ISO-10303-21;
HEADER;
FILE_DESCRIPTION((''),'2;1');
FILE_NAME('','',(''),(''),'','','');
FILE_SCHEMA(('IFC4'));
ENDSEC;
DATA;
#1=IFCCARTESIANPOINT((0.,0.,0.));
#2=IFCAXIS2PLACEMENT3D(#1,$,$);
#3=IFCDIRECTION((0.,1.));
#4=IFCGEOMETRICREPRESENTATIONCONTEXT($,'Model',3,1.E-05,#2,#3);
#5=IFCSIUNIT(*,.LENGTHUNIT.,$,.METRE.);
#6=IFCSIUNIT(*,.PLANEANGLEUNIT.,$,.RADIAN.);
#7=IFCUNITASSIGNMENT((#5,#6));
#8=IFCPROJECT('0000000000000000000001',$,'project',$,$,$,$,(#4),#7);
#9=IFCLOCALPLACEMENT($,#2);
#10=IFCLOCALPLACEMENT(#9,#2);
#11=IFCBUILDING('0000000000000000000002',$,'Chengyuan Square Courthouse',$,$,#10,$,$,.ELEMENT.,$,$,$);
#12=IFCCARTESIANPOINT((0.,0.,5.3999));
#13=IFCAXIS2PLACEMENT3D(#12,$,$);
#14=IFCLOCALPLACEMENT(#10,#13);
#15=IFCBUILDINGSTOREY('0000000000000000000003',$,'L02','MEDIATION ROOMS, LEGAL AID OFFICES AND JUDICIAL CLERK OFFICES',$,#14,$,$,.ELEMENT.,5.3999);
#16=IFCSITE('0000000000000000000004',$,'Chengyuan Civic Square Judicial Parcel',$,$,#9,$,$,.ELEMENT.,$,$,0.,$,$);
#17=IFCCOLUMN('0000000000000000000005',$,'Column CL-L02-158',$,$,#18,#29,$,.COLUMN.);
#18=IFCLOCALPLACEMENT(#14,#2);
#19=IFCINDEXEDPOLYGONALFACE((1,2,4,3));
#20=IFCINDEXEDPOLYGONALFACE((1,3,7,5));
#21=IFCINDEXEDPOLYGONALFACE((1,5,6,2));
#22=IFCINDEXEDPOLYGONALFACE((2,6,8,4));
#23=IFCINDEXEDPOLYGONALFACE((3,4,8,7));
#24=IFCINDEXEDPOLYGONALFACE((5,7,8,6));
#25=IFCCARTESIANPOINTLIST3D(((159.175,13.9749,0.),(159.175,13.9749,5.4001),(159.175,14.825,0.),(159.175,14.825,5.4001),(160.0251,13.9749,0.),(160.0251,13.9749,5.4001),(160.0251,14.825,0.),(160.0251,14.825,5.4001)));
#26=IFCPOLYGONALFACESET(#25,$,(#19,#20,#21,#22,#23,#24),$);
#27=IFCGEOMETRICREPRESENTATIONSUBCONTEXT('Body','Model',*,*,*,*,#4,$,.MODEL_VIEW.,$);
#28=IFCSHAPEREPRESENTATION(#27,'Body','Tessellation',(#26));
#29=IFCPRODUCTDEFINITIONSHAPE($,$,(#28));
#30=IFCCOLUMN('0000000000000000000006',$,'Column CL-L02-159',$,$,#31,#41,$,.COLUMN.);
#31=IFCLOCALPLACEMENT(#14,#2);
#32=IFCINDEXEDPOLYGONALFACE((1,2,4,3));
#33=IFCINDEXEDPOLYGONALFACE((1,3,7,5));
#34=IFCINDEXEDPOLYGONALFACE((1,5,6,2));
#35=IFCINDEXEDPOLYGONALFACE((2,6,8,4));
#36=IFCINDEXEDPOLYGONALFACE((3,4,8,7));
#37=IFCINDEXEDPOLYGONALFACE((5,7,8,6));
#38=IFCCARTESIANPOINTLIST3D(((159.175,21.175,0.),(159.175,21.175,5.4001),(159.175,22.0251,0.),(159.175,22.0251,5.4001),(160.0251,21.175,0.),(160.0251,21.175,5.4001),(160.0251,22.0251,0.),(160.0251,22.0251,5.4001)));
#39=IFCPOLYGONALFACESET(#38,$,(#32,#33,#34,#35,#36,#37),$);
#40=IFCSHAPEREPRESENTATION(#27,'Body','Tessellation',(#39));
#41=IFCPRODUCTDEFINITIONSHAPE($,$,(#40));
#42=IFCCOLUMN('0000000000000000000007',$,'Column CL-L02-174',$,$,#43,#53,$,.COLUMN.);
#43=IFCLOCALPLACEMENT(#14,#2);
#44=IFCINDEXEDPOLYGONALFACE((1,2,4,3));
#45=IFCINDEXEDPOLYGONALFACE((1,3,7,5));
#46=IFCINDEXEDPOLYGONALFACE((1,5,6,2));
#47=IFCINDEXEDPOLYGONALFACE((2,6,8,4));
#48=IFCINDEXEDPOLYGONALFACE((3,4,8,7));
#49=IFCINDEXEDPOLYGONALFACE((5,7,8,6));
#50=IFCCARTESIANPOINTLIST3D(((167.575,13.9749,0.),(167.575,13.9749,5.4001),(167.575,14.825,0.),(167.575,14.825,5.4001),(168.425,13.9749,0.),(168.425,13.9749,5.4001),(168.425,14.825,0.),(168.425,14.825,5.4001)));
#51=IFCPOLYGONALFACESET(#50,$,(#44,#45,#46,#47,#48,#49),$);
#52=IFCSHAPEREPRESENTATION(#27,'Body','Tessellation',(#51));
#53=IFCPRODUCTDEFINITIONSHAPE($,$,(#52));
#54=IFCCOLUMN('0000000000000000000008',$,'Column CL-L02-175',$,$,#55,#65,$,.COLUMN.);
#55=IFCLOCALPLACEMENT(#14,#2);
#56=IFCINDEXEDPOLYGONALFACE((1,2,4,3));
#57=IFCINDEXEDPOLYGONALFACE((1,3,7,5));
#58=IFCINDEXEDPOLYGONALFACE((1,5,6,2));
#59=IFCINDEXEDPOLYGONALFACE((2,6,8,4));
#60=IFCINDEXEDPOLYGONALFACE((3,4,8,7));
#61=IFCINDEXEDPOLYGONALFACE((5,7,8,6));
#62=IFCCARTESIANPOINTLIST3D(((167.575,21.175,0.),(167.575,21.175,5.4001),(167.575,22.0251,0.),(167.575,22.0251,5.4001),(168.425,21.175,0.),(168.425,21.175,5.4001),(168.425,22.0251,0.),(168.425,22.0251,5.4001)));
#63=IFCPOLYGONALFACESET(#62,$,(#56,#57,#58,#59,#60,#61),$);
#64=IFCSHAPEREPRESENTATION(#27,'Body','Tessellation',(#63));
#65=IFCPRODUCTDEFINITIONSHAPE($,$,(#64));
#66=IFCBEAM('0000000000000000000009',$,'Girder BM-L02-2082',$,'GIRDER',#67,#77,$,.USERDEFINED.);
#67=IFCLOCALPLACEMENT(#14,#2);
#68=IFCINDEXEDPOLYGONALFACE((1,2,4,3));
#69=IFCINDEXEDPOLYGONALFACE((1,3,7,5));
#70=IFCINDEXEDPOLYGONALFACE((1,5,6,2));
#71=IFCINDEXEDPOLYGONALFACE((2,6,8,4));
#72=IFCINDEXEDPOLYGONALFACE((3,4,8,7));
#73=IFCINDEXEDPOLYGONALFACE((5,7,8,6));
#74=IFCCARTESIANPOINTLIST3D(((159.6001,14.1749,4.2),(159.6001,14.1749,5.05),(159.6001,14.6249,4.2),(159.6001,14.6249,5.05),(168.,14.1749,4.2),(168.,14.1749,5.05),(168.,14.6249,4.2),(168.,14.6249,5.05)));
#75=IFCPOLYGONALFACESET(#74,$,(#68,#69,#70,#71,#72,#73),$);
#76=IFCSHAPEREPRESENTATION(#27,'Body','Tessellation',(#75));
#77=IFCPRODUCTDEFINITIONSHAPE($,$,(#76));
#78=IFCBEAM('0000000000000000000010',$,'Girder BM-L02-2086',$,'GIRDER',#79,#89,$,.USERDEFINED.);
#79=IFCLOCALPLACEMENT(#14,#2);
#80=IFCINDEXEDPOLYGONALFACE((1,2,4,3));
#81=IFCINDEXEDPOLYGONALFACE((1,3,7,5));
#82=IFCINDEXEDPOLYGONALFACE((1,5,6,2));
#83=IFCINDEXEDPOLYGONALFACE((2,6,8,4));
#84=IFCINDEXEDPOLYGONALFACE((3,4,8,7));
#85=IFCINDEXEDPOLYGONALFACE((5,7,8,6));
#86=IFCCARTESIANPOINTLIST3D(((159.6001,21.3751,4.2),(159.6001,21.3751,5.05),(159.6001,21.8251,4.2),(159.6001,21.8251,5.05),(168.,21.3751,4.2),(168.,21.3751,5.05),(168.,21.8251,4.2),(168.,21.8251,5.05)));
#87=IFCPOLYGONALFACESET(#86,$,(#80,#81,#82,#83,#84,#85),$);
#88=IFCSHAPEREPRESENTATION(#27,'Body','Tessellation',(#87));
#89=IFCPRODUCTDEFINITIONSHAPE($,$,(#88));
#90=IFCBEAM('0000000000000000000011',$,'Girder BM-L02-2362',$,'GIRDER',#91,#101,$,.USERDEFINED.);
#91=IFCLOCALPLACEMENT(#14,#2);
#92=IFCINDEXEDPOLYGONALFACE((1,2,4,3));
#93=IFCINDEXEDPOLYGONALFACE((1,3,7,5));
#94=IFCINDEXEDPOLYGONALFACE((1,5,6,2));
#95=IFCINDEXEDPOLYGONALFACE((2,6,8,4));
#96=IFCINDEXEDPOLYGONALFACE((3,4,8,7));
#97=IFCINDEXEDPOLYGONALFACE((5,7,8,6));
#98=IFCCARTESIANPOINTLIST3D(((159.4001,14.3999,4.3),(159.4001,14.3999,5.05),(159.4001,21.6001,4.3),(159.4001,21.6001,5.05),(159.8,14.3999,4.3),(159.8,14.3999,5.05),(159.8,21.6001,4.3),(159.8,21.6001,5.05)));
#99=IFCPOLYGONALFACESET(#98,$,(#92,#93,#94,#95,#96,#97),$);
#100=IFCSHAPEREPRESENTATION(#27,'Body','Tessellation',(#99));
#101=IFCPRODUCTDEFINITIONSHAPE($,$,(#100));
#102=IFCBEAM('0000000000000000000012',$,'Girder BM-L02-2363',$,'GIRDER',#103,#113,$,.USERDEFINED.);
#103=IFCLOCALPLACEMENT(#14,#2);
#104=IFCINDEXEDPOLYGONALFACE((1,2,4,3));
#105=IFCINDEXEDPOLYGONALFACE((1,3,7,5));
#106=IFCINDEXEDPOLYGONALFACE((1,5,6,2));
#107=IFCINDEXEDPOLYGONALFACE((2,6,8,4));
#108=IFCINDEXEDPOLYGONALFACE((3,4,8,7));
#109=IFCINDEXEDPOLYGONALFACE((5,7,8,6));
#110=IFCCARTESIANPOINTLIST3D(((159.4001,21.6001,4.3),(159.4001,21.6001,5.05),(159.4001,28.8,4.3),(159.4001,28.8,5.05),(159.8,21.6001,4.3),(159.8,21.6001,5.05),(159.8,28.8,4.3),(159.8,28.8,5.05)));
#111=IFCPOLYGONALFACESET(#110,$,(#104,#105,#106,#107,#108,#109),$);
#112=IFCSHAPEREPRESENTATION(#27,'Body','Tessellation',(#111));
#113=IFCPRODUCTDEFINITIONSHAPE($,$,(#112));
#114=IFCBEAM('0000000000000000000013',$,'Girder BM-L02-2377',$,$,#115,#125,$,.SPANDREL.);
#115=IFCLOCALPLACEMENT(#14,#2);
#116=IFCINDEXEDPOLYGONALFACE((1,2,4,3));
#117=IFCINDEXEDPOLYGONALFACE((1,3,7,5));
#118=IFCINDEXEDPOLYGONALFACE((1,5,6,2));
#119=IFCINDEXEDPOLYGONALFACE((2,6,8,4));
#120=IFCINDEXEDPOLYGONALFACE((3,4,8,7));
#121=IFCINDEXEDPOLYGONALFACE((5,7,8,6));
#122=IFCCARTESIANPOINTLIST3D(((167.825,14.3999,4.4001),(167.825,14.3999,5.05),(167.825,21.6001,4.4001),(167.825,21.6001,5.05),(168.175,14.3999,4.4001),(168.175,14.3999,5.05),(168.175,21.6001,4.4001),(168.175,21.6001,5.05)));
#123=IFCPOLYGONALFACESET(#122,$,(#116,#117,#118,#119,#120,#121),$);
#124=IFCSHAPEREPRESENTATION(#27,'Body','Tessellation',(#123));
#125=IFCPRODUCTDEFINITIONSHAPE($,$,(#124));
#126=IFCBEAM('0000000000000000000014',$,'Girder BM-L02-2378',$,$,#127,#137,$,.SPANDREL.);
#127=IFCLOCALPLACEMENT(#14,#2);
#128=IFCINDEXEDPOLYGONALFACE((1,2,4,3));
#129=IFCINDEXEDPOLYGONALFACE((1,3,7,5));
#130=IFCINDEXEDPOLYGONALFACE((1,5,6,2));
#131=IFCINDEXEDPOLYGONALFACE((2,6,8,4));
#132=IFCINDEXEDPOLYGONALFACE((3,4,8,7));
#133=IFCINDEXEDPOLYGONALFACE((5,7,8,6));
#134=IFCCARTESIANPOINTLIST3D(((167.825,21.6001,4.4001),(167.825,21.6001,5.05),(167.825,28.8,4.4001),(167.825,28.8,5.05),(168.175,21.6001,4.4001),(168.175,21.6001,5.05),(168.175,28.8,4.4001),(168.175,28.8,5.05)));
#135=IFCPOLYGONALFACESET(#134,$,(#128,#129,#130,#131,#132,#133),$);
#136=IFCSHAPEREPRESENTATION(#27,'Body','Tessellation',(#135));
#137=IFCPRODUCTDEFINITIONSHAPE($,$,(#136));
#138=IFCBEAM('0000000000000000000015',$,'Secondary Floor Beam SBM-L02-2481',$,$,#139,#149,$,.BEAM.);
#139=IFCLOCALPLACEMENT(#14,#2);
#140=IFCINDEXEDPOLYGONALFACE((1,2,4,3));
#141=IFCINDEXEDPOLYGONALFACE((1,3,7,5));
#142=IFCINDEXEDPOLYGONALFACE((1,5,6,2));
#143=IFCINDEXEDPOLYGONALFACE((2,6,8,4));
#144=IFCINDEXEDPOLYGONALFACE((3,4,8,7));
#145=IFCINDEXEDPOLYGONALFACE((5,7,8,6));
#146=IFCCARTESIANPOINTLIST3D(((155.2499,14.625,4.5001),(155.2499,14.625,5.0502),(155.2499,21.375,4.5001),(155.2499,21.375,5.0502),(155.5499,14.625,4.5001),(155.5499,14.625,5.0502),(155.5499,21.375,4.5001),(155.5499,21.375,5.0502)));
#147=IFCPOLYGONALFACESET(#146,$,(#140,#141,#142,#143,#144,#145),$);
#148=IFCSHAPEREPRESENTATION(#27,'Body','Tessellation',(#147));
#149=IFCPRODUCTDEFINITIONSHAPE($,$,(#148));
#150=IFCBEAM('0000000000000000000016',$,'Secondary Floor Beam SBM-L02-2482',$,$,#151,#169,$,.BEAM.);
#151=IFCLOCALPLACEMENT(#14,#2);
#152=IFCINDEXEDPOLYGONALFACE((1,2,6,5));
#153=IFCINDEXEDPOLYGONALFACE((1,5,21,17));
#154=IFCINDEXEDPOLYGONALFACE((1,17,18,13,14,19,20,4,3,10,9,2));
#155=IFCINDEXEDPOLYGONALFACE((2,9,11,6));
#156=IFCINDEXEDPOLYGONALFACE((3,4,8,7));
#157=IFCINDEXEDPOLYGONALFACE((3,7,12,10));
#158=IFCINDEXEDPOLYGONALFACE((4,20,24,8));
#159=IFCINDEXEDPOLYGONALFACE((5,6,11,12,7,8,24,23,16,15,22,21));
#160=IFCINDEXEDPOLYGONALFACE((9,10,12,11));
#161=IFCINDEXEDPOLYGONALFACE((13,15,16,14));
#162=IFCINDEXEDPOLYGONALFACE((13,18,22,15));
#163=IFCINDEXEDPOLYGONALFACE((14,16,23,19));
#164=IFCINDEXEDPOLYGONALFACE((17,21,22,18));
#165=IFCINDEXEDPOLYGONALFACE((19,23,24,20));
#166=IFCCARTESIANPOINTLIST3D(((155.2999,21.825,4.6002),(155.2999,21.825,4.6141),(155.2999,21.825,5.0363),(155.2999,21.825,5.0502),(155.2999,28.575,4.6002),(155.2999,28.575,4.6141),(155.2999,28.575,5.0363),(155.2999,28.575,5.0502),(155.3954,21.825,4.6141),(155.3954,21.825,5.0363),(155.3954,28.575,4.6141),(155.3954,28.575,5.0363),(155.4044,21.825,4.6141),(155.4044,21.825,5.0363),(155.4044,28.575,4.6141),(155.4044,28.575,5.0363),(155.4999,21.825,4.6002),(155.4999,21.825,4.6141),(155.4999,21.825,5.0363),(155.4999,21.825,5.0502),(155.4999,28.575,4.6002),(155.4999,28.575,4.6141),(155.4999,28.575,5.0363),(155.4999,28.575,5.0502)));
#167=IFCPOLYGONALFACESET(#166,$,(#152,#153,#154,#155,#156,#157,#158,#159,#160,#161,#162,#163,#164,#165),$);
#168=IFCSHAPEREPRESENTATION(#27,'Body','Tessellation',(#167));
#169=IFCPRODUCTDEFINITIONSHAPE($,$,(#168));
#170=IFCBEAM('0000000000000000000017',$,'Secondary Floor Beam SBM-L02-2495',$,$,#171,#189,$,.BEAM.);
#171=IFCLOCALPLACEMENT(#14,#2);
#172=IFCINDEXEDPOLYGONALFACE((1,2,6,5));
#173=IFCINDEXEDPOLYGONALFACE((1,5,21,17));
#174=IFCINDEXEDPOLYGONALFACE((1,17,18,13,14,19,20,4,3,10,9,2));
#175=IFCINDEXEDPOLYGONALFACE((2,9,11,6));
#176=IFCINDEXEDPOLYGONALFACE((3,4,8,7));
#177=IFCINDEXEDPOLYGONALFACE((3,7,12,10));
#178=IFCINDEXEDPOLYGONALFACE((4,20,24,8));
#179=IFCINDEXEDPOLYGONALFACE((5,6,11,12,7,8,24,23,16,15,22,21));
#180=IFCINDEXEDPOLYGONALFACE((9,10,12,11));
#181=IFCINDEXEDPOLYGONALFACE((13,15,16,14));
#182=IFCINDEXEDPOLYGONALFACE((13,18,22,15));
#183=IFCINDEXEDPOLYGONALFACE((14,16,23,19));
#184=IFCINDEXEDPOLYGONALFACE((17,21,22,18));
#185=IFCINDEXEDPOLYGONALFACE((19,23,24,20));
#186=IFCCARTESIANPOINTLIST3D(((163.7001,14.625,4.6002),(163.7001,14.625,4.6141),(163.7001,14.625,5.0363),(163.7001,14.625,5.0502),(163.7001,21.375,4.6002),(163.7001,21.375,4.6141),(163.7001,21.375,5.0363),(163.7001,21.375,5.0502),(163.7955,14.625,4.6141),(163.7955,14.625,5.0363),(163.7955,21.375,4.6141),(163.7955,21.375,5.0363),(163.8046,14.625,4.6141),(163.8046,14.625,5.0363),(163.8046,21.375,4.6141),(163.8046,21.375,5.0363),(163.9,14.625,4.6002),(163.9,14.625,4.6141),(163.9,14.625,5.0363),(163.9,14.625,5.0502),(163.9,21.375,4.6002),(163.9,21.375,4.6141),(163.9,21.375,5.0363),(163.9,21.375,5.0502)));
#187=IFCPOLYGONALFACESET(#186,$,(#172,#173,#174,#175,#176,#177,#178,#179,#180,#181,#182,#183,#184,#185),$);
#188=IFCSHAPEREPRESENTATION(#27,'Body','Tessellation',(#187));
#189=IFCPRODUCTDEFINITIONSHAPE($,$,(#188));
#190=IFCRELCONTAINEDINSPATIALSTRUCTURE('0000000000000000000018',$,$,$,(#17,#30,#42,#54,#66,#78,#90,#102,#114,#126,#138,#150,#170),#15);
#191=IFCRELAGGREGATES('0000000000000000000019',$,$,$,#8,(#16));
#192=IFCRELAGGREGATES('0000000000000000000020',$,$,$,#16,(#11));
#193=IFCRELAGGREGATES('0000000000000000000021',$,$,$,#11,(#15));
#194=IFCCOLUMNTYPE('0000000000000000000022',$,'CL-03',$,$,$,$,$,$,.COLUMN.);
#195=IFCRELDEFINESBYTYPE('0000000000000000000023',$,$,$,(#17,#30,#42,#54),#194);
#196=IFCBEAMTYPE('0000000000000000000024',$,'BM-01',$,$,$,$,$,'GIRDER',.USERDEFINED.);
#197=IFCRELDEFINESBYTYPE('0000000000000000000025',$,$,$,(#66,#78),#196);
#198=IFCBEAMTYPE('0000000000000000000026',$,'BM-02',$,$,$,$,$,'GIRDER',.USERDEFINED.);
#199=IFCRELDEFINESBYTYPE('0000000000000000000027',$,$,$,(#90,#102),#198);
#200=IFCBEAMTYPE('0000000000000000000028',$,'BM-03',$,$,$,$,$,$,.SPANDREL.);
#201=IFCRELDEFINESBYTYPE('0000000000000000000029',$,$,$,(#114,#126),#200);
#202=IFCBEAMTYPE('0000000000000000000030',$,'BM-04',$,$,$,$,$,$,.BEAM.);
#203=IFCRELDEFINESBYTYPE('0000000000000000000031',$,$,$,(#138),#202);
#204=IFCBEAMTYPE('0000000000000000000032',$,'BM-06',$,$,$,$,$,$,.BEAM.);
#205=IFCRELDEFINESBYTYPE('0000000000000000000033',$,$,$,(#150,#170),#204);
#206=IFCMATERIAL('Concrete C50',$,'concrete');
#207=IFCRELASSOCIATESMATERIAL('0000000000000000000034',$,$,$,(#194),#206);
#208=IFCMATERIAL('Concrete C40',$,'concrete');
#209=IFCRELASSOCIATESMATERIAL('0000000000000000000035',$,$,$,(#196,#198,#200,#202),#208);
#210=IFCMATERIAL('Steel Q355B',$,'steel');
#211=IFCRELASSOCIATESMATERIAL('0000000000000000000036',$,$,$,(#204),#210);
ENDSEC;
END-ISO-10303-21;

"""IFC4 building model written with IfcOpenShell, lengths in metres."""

from ifc_helpers import new_model, si_unit, direction, frame, origin, origin_2d, place, context, subcontext, project, spatial, rectangle, i_section, extrude, material, material_profile, profile_set, type_object, element, save


model = new_model("IFC4")

# Units and contexts
model_context = context("Model", 3, precision=1e-05, world=origin(), true_north=direction((0.0, 1.0)))
body_context = subcontext(model_context, "Body", "Model", "MODEL_VIEW")
ifc_project = project(units=[si_unit("LENGTHUNIT", "METRE"), si_unit("PLANEANGLEUNIT", "RADIAN")], contexts=[model_context])

# Site, building, storey
site_placement = place(None, origin())
site = spatial("IfcSite", under=ifc_project, at=site_placement, Name="Chengyuan Civic Square Judicial Parcel", CompositionType="ELEMENT", RefElevation=0.0)
building_placement = place(site_placement, origin())
building = spatial("IfcBuilding", under=site, at=building_placement, Name="Chengyuan Square Courthouse", CompositionType="ELEMENT")
storey_placement = place(building_placement, frame((0.0, 0.0, 5.3999)))
storey = spatial("IfcBuildingStorey", under=building, at=storey_placement, Name="L02", Description="MEDIATION ROOMS, LEGAL AID OFFICES AND JUDICIAL CLERK OFFICES", CompositionType="ELEMENT", Elevation=5.3999)

# Columns
ifc_material_1 = material(Name="Concrete C50", Category="concrete")
ifc_material_profile_1 = material_profile(ifc_material_1, rectangle(XDim=0.8501, YDim=0.8501, at=origin_2d()), Name="RC-COL-850x850")
ifc_profile_set_1 = profile_set([ifc_material_profile_1], Name="Concrete C50")
column_type = type_object("IfcColumnType", Name="CL-03", PredefinedType="COLUMN", material=ifc_profile_set_1)
for number, where, z_axis, x_axis, name in (
    (1, (159.6001, 14.3999, 0.0), (0.0, 0.0, 1.0), (1.0, 0.0, 0.0), "Column CL-L02-158"),
    (2, (159.6001, 21.6001, 0.0), (0.0, 0.0, 1.0), (1.0, 0.0, 0.0), "Column CL-L02-159"),
    (3, (168.0, 14.3999, 0.0), (0.0, 0.0, 1.0), (1.0, 0.0, 0.0), "Column CL-L02-174"),
    (4, (168.0, 21.6001, 0.0), (0.0, 0.0, 1.0), (1.0, 0.0, 0.0), "Column CL-L02-175"),
):
    element("IfcColumn", number, at=place(storey_placement, frame(where, z_axis=z_axis, x_axis=x_axis)), inside=storey, type_object=column_type, Name=name, PredefinedType="COLUMN", context=body_context, shape_type="SweptSolid", body=[
        extrude(rectangle(XDim=0.8501, YDim=0.8501, at=origin_2d()), origin(), (0.0, 0.0, 1.0), 5.4001),
    ])

# Beams
ifc_material_2 = material(Name="Concrete C40", Category="concrete")
ifc_material_profile_2 = material_profile(ifc_material_2, rectangle(XDim=0.45, YDim=0.8501, at=origin_2d()), Name="RC-BM-450x850")
ifc_profile_set_2 = profile_set([ifc_material_profile_2], Name="Concrete C40")
beam_type_1 = type_object("IfcBeamType", Name="BM-01", ElementType="GIRDER", PredefinedType="USERDEFINED", material=ifc_profile_set_2)
for number, where, z_axis, x_axis, name in (
    (5, (159.6001, 14.3999, 4.625), (1.0, 0.0, 0.0), (0.0, 1.0, 0.0), "Girder BM-L02-2082"),
    (6, (159.6001, 21.6001, 4.625), (1.0, 0.0, 0.0), (0.0, 1.0, 0.0), "Girder BM-L02-2086"),
):
    element("IfcBeam", number, at=place(storey_placement, frame(where, z_axis=z_axis, x_axis=x_axis)), inside=storey, type_object=beam_type_1, Name=name, ObjectType="GIRDER", PredefinedType="USERDEFINED", context=body_context, shape_type="SweptSolid", body=[
        extrude(rectangle(XDim=0.45, YDim=0.8501, at=origin_2d()), origin(), (0.0, 0.0, 1.0), 8.3999),
    ])
ifc_material_profile_3 = material_profile(ifc_material_2, rectangle(XDim=0.3999, YDim=0.75, at=origin_2d()), Name="RC-BM-400x750")
ifc_profile_set_3 = profile_set([ifc_material_profile_3], Name="Concrete C40")
beam_type_2 = type_object("IfcBeamType", Name="BM-02", ElementType="GIRDER", PredefinedType="USERDEFINED", material=ifc_profile_set_3)
beam_1_placement = place(storey_placement, frame((159.6001, 14.3999, 4.675), z_axis=(0.0, 1.0, 0.0), x_axis=(-1.0, 0.0, 0.0)))
element("IfcBeam", 7, at=beam_1_placement, inside=storey, type_object=beam_type_2, Name="Girder BM-L02-2362", ObjectType="GIRDER", PredefinedType="USERDEFINED", context=body_context, shape_type="SweptSolid", body=[
    extrude(rectangle(XDim=0.3999, YDim=0.75, at=origin_2d()), origin(), (0.0, 0.0, 1.0), 7.2002),
])
beam_2_placement = place(storey_placement, frame((159.6001, 21.6001, 4.675), z_axis=(0.0, 1.0, 0.0), x_axis=(-1.0, 0.0, 0.0)))
element("IfcBeam", 8, at=beam_2_placement, inside=storey, type_object=beam_type_2, Name="Girder BM-L02-2363", ObjectType="GIRDER", PredefinedType="USERDEFINED", context=body_context, shape_type="SweptSolid", body=[
    extrude(rectangle(XDim=0.3999, YDim=0.75, at=origin_2d()), origin(), (0.0, 0.0, 1.0), 7.2),
])
ifc_material_profile_4 = material_profile(ifc_material_2, rectangle(XDim=0.3501, YDim=0.6499, at=origin_2d()), Name="RC-BM-350x650")
ifc_profile_set_4 = profile_set([ifc_material_profile_4], Name="Concrete C40")
beam_type_3 = type_object("IfcBeamType", Name="BM-03", PredefinedType="SPANDREL", material=ifc_profile_set_4)
beam_3_placement = place(storey_placement, frame((168.0, 14.3999, 4.7251), z_axis=(0.0, 1.0, 0.0), x_axis=(-1.0, 0.0, 0.0)))
element("IfcBeam", 9, at=beam_3_placement, inside=storey, type_object=beam_type_3, Name="Girder BM-L02-2377", PredefinedType="SPANDREL", context=body_context, shape_type="SweptSolid", body=[
    extrude(rectangle(XDim=0.3501, YDim=0.6499, at=origin_2d()), origin(), (0.0, 0.0, 1.0), 7.2002),
])
beam_4_placement = place(storey_placement, frame((168.0, 21.6001, 4.7251), z_axis=(0.0, 1.0, 0.0), x_axis=(-1.0, 0.0, 0.0)))
element("IfcBeam", 10, at=beam_4_placement, inside=storey, type_object=beam_type_3, Name="Girder BM-L02-2378", PredefinedType="SPANDREL", context=body_context, shape_type="SweptSolid", body=[
    extrude(rectangle(XDim=0.3501, YDim=0.6499, at=origin_2d()), origin(), (0.0, 0.0, 1.0), 7.2),
])
ifc_material_profile_5 = material_profile(ifc_material_2, rectangle(XDim=0.3, YDim=0.55, at=origin_2d()), Name="RC-BM-300x550")
ifc_profile_set_5 = profile_set([ifc_material_profile_5], Name="Concrete C40")
beam_type_4 = type_object("IfcBeamType", Name="BM-04", PredefinedType="BEAM", material=ifc_profile_set_5)
beam_5_placement = place(storey_placement, frame((155.3999, 14.625, 4.7751), z_axis=(0.0, 1.0, 0.0), x_axis=(-1.0, 0.0, 0.0)))
element("IfcBeam", 11, at=beam_5_placement, inside=storey, type_object=beam_type_4, Name="Secondary Floor Beam SBM-L02-2481", PredefinedType="BEAM", context=body_context, shape_type="SweptSolid", body=[
    extrude(rectangle(XDim=0.3, YDim=0.55, at=origin_2d()), origin(), (0.0, 0.0, 1.0), 6.75),
])
ifc_material_3 = material(Name="Steel Q355B", Category="steel")
ifc_material_profile_6 = material_profile(ifc_material_3, i_section(OverallWidth=0.2, OverallDepth=0.45, WebThickness=0.009, FlangeThickness=0.0139, at=origin_2d()), Name="HN 450x200x9x14")
ifc_profile_set_6 = profile_set([ifc_material_profile_6], Name="Steel Q355B")
beam_type_5 = type_object("IfcBeamType", Name="BM-06", PredefinedType="BEAM", material=ifc_profile_set_6)
for number, where, z_axis, x_axis, name in (
    (12, (155.3999, 21.825, 4.8252), (0.0, 1.0, 0.0), (-1.0, 0.0, 0.0), "Secondary Floor Beam SBM-L02-2482"),
    (13, (163.8, 14.625, 4.8252), (0.0, 1.0, 0.0), (-1.0, 0.0, 0.0), "Secondary Floor Beam SBM-L02-2495"),
):
    element("IfcBeam", number, at=place(storey_placement, frame(where, z_axis=z_axis, x_axis=x_axis)), inside=storey, type_object=beam_type_5, Name=name, PredefinedType="BEAM", context=body_context, shape_type="SweptSolid", body=[
        extrude(i_section(OverallWidth=0.2, OverallDepth=0.45, WebThickness=0.009, FlangeThickness=0.0139, at=origin_2d()), origin(), (0.0, 0.0, 1.0), 6.75),
    ])

save(model, "model.ifc")
